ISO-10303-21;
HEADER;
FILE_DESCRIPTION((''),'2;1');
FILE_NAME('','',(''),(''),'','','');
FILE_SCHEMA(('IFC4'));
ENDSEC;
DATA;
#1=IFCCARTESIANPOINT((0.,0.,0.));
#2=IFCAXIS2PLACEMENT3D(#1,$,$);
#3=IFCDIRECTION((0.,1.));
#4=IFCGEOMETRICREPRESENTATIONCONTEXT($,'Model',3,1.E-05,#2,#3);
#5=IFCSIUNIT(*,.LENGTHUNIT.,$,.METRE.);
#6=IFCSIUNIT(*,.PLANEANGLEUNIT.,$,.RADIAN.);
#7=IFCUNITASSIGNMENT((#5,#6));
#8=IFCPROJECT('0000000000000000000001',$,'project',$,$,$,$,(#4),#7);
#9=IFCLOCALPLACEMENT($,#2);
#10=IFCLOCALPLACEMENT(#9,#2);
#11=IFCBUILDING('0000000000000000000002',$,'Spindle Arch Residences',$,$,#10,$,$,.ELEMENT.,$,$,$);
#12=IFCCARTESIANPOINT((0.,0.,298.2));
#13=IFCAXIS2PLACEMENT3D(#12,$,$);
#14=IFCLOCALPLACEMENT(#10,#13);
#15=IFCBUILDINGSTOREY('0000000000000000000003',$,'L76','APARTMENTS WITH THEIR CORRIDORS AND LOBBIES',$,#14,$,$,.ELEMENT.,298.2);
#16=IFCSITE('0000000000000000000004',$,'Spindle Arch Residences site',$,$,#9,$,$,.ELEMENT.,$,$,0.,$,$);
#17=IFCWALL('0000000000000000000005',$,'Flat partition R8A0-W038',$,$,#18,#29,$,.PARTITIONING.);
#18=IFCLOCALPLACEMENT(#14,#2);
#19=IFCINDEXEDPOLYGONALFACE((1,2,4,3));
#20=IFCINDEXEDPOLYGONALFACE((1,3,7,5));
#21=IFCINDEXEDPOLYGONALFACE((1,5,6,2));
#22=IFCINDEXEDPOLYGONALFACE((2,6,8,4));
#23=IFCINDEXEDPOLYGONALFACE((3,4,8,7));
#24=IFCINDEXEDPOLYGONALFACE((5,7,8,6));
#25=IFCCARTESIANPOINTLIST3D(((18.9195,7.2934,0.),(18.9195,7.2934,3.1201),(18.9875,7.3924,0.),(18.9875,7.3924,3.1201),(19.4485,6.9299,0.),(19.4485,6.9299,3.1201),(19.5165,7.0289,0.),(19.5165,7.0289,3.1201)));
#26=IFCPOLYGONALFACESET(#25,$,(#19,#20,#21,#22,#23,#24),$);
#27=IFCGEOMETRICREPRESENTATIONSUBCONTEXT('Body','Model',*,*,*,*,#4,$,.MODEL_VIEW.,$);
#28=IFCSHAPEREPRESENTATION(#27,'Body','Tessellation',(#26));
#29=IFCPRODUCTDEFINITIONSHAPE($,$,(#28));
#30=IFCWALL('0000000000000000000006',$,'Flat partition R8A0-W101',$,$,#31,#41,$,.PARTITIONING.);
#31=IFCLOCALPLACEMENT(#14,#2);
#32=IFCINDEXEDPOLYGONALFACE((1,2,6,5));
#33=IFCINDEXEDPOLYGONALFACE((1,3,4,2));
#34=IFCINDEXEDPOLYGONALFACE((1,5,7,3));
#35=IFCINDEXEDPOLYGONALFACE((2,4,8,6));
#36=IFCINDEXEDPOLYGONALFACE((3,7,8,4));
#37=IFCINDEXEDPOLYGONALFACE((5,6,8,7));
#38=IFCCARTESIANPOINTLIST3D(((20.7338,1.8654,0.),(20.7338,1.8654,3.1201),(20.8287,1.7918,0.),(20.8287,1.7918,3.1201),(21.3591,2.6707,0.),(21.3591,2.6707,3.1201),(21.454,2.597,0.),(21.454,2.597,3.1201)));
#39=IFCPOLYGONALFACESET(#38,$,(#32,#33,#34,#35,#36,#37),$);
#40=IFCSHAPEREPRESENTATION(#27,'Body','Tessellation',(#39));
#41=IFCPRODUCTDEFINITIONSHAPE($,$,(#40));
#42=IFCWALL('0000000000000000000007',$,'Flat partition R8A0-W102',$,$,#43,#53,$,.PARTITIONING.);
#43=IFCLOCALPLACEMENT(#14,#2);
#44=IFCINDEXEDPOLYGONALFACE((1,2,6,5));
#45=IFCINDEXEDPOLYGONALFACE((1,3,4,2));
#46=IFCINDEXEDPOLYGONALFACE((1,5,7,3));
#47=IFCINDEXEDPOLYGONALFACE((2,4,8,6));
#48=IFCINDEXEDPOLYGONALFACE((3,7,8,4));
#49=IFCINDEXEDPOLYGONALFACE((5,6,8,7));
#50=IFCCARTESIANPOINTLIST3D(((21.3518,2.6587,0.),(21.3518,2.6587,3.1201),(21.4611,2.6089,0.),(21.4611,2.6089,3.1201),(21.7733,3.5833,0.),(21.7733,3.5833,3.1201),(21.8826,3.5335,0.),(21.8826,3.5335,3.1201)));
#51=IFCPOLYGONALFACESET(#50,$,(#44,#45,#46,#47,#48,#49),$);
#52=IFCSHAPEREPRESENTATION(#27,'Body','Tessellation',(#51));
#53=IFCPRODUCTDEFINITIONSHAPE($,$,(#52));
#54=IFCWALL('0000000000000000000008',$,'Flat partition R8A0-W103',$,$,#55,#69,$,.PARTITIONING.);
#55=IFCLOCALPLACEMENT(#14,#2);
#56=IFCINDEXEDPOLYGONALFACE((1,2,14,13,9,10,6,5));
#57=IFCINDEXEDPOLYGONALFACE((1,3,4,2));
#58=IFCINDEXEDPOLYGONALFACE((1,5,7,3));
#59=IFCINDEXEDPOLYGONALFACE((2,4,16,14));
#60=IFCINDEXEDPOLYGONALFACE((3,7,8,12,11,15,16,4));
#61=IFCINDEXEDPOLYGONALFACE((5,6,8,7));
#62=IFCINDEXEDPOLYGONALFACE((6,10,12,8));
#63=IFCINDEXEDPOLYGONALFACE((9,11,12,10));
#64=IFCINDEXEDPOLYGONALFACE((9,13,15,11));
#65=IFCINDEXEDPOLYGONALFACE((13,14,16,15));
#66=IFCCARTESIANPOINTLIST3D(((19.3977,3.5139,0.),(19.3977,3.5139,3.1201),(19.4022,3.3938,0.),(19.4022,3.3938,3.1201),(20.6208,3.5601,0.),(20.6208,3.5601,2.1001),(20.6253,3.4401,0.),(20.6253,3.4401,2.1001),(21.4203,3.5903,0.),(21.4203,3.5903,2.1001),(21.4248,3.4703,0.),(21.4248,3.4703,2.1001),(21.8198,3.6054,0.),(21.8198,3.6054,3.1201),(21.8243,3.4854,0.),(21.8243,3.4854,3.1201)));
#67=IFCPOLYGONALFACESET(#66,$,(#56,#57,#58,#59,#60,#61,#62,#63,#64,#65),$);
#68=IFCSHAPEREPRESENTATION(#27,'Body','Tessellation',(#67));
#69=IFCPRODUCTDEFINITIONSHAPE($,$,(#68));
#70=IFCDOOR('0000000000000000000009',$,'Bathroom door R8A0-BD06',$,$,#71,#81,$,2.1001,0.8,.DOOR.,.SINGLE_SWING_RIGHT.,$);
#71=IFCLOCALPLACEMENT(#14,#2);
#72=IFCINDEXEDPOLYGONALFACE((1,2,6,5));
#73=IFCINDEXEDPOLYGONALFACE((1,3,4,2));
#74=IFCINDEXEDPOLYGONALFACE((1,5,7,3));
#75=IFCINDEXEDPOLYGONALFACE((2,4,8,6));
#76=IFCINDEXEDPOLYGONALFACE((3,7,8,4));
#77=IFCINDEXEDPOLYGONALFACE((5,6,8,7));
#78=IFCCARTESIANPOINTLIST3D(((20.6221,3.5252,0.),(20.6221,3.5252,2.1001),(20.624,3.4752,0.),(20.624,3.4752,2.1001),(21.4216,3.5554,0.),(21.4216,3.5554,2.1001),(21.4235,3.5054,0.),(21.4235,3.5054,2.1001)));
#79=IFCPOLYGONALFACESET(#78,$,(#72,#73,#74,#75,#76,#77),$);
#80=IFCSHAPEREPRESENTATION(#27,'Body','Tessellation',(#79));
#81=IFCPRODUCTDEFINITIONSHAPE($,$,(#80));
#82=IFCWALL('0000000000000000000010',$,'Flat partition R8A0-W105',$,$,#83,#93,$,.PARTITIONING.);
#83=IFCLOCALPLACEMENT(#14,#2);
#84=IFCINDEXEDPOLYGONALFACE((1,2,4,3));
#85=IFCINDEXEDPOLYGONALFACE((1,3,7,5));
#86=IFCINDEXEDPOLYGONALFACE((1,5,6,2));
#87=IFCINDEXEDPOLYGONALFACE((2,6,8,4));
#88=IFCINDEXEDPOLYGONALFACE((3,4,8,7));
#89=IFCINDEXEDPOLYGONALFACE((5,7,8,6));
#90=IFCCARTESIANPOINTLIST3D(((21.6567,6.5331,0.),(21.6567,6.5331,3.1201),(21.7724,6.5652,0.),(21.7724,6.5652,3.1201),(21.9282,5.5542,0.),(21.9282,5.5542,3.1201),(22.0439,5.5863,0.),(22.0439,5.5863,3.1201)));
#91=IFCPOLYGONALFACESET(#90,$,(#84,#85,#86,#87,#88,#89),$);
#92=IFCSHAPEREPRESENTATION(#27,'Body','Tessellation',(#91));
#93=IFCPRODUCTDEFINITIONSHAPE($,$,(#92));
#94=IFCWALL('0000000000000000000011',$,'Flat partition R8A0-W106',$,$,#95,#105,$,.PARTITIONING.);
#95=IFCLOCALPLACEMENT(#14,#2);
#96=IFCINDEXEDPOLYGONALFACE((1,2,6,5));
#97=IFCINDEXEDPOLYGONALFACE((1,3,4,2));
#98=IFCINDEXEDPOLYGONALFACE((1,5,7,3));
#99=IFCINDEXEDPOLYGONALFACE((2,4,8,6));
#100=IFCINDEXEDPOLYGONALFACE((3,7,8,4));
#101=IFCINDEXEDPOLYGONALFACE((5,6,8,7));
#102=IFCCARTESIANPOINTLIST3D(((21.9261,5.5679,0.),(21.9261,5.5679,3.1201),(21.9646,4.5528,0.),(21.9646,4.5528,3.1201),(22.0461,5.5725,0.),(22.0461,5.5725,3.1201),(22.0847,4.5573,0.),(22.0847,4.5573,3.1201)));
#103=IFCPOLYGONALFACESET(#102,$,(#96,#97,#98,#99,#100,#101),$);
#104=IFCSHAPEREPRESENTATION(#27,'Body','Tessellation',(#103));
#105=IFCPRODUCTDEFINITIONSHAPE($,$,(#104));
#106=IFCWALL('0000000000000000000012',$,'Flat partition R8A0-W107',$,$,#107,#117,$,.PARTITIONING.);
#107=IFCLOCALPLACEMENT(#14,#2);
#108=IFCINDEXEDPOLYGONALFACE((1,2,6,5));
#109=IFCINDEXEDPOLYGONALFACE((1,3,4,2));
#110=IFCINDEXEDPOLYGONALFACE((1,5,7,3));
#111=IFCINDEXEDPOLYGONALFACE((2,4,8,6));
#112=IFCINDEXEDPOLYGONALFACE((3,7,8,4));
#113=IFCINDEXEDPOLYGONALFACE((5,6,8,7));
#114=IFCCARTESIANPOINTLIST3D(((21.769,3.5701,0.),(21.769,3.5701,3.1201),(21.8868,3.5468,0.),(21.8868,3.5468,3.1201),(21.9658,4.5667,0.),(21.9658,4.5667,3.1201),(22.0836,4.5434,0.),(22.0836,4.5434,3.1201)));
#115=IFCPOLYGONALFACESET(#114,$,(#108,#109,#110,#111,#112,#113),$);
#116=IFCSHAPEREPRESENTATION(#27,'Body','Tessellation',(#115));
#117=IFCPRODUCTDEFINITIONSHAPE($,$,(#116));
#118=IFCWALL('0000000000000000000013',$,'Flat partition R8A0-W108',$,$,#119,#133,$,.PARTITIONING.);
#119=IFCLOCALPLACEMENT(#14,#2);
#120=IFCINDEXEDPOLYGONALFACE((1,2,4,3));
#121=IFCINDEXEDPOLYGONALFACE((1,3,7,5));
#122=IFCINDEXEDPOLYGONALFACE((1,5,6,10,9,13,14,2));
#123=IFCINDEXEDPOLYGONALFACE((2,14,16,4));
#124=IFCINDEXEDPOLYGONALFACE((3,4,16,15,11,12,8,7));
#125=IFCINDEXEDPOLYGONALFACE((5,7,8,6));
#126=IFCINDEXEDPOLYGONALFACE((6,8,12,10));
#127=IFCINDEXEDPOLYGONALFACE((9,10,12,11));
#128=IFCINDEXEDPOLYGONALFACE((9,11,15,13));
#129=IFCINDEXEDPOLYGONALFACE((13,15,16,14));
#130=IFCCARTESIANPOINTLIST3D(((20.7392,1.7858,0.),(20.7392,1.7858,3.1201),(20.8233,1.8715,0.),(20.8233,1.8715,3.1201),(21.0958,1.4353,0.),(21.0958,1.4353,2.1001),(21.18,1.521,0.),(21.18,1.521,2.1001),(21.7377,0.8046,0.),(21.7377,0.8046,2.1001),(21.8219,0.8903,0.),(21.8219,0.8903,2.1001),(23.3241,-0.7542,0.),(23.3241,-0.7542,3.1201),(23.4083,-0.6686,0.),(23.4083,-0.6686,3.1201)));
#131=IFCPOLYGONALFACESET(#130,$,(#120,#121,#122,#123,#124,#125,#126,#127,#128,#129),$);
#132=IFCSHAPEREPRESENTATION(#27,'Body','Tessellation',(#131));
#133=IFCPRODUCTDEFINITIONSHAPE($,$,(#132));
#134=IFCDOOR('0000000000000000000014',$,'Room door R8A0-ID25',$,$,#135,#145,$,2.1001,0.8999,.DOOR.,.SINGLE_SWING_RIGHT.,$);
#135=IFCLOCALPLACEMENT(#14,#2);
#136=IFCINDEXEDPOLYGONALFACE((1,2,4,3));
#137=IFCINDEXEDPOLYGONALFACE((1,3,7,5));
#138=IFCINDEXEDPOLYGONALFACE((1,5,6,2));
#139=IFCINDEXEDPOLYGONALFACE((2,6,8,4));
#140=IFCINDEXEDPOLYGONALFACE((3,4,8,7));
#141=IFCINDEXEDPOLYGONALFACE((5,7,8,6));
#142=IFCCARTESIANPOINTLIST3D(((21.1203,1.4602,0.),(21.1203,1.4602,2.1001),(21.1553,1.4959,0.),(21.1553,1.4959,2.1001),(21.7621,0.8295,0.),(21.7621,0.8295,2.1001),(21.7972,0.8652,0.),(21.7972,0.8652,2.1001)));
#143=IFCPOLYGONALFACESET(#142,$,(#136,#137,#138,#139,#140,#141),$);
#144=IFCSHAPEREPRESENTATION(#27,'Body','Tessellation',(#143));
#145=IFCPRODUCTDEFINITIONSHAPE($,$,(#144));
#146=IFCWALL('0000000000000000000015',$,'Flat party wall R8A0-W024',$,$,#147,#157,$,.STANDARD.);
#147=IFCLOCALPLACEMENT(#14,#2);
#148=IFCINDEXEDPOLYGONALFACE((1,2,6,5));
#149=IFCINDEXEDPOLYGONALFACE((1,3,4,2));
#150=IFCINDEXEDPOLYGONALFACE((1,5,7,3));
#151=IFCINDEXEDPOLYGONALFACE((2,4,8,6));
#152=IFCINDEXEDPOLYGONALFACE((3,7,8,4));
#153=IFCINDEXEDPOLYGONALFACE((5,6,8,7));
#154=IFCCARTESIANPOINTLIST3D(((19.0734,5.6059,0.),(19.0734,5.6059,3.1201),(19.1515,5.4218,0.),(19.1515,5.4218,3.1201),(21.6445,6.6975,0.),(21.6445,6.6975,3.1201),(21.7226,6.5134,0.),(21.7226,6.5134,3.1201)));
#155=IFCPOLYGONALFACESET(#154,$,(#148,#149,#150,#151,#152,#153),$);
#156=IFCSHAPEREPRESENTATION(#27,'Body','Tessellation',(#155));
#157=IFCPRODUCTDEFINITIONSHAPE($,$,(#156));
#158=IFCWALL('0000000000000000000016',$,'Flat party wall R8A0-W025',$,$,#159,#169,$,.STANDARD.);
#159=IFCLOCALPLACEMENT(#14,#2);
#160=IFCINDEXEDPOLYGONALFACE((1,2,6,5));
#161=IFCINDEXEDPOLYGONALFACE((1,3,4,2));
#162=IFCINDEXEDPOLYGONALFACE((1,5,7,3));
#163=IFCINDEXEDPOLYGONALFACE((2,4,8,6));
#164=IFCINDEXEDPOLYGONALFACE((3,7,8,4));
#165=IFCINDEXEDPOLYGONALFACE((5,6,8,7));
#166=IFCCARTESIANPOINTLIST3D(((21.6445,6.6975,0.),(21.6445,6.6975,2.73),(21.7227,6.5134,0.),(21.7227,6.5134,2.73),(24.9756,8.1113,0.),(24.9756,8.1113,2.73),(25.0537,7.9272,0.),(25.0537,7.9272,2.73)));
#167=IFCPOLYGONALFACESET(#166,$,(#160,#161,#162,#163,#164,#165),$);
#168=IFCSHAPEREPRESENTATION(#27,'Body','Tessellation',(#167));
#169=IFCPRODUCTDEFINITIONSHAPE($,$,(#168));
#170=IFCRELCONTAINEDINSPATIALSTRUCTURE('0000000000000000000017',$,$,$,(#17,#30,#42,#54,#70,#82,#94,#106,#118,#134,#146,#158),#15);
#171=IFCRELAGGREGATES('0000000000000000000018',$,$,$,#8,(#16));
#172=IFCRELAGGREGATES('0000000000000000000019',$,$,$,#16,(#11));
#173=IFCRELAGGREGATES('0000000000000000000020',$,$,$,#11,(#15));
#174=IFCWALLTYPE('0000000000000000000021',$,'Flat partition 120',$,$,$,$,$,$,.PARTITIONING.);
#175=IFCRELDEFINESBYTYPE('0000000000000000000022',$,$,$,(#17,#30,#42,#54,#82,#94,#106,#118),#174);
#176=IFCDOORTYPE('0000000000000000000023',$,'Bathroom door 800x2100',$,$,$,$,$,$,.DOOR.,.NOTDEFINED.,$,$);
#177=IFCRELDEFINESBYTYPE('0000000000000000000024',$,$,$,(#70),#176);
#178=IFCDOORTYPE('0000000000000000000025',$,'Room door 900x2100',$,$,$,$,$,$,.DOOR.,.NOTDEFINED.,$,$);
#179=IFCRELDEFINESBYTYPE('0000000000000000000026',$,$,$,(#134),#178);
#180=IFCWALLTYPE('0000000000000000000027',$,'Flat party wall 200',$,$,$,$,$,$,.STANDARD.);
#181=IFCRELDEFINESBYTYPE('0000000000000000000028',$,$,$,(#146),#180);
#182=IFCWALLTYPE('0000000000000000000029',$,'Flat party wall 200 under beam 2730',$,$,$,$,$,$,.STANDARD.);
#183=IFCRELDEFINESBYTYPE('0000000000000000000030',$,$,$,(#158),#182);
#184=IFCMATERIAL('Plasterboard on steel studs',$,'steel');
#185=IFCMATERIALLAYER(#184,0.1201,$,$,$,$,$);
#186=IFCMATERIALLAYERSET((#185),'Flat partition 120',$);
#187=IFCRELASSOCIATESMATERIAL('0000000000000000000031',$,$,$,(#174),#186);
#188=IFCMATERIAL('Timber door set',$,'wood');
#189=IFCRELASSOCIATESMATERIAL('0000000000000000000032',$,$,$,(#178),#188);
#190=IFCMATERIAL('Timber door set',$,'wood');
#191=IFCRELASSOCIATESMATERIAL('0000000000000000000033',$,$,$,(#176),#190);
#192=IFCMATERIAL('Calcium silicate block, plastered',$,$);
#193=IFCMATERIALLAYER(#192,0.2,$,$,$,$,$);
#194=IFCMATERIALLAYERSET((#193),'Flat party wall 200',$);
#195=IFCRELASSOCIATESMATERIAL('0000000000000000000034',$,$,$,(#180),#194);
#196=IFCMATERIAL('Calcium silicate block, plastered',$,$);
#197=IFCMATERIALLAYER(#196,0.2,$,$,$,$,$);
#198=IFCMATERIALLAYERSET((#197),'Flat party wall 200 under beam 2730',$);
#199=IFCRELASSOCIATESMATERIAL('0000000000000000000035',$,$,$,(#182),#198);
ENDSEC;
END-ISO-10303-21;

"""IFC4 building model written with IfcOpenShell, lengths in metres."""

from ifc_helpers import new_model, si_unit, direction, frame, frame_2d, origin, place, context, subcontext, project, spatial, rectangle, extrude, material, layer, layer_set, type_object, element, fill, save


model = new_model("IFC4")

# Units and contexts
model_context = context("Model", 3, precision=1e-05, world=origin(), true_north=direction((0.0, 1.0)))
body_context = subcontext(model_context, "Body", "Model", "MODEL_VIEW")
ifc_project = project(units=[si_unit("LENGTHUNIT", "METRE"), si_unit("PLANEANGLEUNIT", "RADIAN")], contexts=[model_context])

# Site, building, storey
site_placement = place(None, origin())
site = spatial("IfcSite", under=ifc_project, at=site_placement, Name="Spindle Arch Residences site", CompositionType="ELEMENT", RefElevation=0.0)
building_placement = place(site_placement, origin())
building = spatial("IfcBuilding", under=site, at=building_placement, Name="Spindle Arch Residences", CompositionType="ELEMENT")
storey_placement = place(building_placement, frame((0.0, 0.0, 298.2)))
storey = spatial("IfcBuildingStorey", under=building, at=storey_placement, Name="L76", Description="APARTMENTS WITH THEIR CORRIDORS AND LOBBIES", CompositionType="ELEMENT", Elevation=298.2)

# Shared definitions
ifc_material_1 = material(Name="Plasterboard on steel studs", Category="steel")
ifc_layer_1 = layer(ifc_material_1, 0.1201)
ifc_layer_set_1 = layer_set([ifc_layer_1], Name="Flat partition 120")
wall_type_1 = type_object("IfcWallType", Name="Flat partition 120", PredefinedType="PARTITIONING", material=ifc_layer_set_1)
ifc_material_2 = material(Name="Timber door set", Category="wood")
door_type_1 = type_object("IfcDoorType", Name="Room door 900x2100", OperationType="NOTDEFINED", PredefinedType="DOOR", material=ifc_material_2)

# Walls
for number, where, z_axis, x_axis, name in (
    (1, (19.4824, 6.9795, 0.0), (0.0, 0.0, 1.0), (-0.824186, 0.566319, 0.0), "Flat partition R8A0-W038"),
):
    element("IfcWall", number, at=place(storey_placement, frame(where, z_axis=z_axis, x_axis=x_axis)), inside=storey, type_object=wall_type_1, Name=name, PredefinedType="PARTITIONING", context=body_context, shape_type="SweptSolid", body=[
        extrude(rectangle(XDim=0.6418, YDim=0.1201, at=frame_2d((0.3208, 0.0))), origin(), (0.0, 0.0, 1.0), 3.1201),
    ])
wall_1_placement = place(storey_placement, frame((20.7812, 1.8286, 0.0), z_axis=(0.0, 0.0, 1.0), x_axis=(0.613327, 0.789829, 0.0)))
element("IfcWall", 2, at=wall_1_placement, inside=storey, type_object=wall_type_1, Name="Flat partition R8A0-W101", PredefinedType="PARTITIONING", context=body_context, shape_type="SweptSolid", body=[
    extrude(rectangle(XDim=1.0195, YDim=0.1201, at=frame_2d((0.5098, 0.0))), origin(), (0.0, 0.0, 1.0), 3.1201),
])
wall_2_placement = place(storey_placement, frame((21.4065, 2.6338, 0.0), z_axis=(0.0, 0.0, 1.0), x_axis=(0.414726, 0.909946, 0.0)))
element("IfcWall", 3, at=wall_2_placement, inside=storey, type_object=wall_type_1, Name="Flat partition R8A0-W102", PredefinedType="PARTITIONING", context=body_context, shape_type="SweptSolid", body=[
    extrude(rectangle(XDim=1.0161, YDim=0.1201, at=frame_2d((0.5081, 0.0))), origin(), (0.0, 0.0, 1.0), 3.1201),
])

# Wall, opening, door
wall_3_placement = place(storey_placement, frame((21.822, 3.5454, 0.0), z_axis=(0.0, 0.0, 1.0), x_axis=(-0.999286, -0.037772, 0.0)))
wall_3 = element("IfcWall", 4, at=wall_3_placement, inside=storey, type_object=wall_type_1, Name="Flat partition R8A0-W103", PredefinedType="PARTITIONING", context=body_context, shape_type="SweptSolid", body=[
    extrude(rectangle(XDim=2.4238, YDim=0.1201, at=frame_2d((1.2119, 0.0))), origin(), (0.0, 0.0, 1.0), 3.1201),
])
opening_1_placement = place(wall_3_placement, frame((0.3999, 0.0, 0.0)))
opening_1 = element("IfcOpeningElement", 5, at=opening_1_placement, cuts=wall_3, PredefinedType="OPENING", context=body_context, shape_type="SweptSolid", body=[
    extrude(rectangle(XDim=0.8, YDim=2.1001, at=frame_2d((0.3999, 1.05))), frame((0.0, 0.0701, 0.0), z_axis=(0.0, -1.0, 0.0), x_axis=(1.0, 0.0, 0.0)), (0.0, 0.0, 1.0), 0.1401),
])
ifc_material_3 = material(Name="Timber door set", Category="wood")
door_type_2 = type_object("IfcDoorType", Name="Bathroom door 800x2100", OperationType="NOTDEFINED", PredefinedType="DOOR", material=ifc_material_3)
door_1_placement = place(opening_1_placement, origin())
door_1 = element("IfcDoor", 6, at=door_1_placement, inside=storey, type_object=door_type_2, Name="Bathroom door R8A0-BD06", OperationType="SINGLE_SWING_RIGHT", OverallHeight=2.1001, OverallWidth=0.8, PredefinedType="DOOR", context=body_context, shape_type="SweptSolid", body=[
    extrude(rectangle(XDim=0.8, YDim=2.1001, at=frame_2d((0.3999, 1.05))), frame((0.0, 0.0249, 0.0), z_axis=(0.0, -1.0, 0.0), x_axis=(1.0, 0.0, 0.0)), (0.0, 0.0, 1.0), 0.05),
])
fill(opening_1, door_1)

# Walls
for number, where, z_axis, x_axis, name in (
    (7, (21.7146, 6.5491, 0.0), (0.0, 0.0, 1.0), (0.267222, -0.963635, 0.0), "Flat partition R8A0-W105"),
    (8, (21.9861, 5.5701, 0.0), (0.0, 0.0, 1.0), (0.037972, -0.999279, 0.0), "Flat partition R8A0-W106"),
    (9, (22.0247, 4.5549, 0.0), (0.0, 0.0, 1.0), (-0.193712, -0.981058, 0.0), "Flat partition R8A0-W107"),
):
    element("IfcWall", number, at=place(storey_placement, frame(where, z_axis=z_axis, x_axis=x_axis)), inside=storey, type_object=wall_type_1, Name=name, PredefinedType="PARTITIONING", context=body_context, shape_type="SweptSolid", body=[
        extrude(rectangle(XDim=1.0159, YDim=0.1201, at=frame_2d((0.5078, 0.0))), origin(), (0.0, 0.0, 1.0), 3.1201),
    ])

# Wall, opening, door
wall_4_placement = place(storey_placement, frame((20.7812, 1.8286, 0.0), z_axis=(0.0, 0.0, 1.0), x_axis=(0.713277, -0.700882, 0.0)))
wall_4 = element("IfcWall", 10, at=wall_4_placement, inside=storey, type_object=wall_type_1, Name="Flat partition R8A0-W108", PredefinedType="PARTITIONING", context=body_context, shape_type="SweptSolid", body=[
    extrude(rectangle(XDim=3.624, YDim=0.1201, at=frame_2d((1.812, 0.0))), origin(), (0.0, 0.0, 1.0), 3.1201),
])
opening_2_placement = place(wall_4_placement, frame((0.5, 0.0, 0.0)))
opening_2 = element("IfcOpeningElement", 11, at=opening_2_placement, cuts=wall_4, PredefinedType="OPENING", context=body_context, shape_type="SweptSolid", body=[
    extrude(rectangle(XDim=0.8999, YDim=2.1001, at=frame_2d((0.45, 1.05))), frame((0.0, 0.0701, 0.0), z_axis=(0.0, -1.0, 0.0), x_axis=(1.0, 0.0, 0.0)), (0.0, 0.0, 1.0), 0.1401),
])
door_2_placement = place(opening_2_placement, origin())
door_2 = element("IfcDoor", 12, at=door_2_placement, inside=storey, type_object=door_type_1, Name="Room door R8A0-ID25", OperationType="SINGLE_SWING_RIGHT", OverallHeight=2.1001, OverallWidth=0.8999, PredefinedType="DOOR", context=body_context, shape_type="SweptSolid", body=[
    extrude(rectangle(XDim=0.8999, YDim=2.1001, at=frame_2d((0.45, 1.05))), frame((0.0, 0.0249, 0.0), z_axis=(0.0, -1.0, 0.0), x_axis=(1.0, 0.0, 0.0)), (0.0, 0.0, 1.0), 0.05),
])
fill(opening_2, door_2)

# Walls
ifc_material_4 = material(Name="Calcium silicate block, plastered")
ifc_layer_2 = layer(ifc_material_4, 0.2)
ifc_layer_set_2 = layer_set([ifc_layer_2], Name="Flat party wall 200")
wall_type_2 = type_object("IfcWallType", Name="Flat party wall 200", PredefinedType="STANDARD", material=ifc_layer_set_2)
wall_5_placement = place(storey_placement, frame((19.1125, 5.5139, 0.0), z_axis=(0.0, 0.0, 1.0), x_axis=(0.920478, 0.390795, 0.0)))
element("IfcWall", 13, at=wall_5_placement, inside=storey, type_object=wall_type_2, Name="Flat party wall R8A0-W024", PredefinedType="STANDARD", context=body_context, shape_type="SweptSolid", body=[
    extrude(rectangle(XDim=2.7932, YDim=0.2, at=frame_2d((1.3965, 0.0))), origin(), (0.0, 0.0, 1.0), 3.1201),
])
ifc_material_5 = material(Name="Calcium silicate block, plastered")
ifc_layer_3 = layer(ifc_material_5, 0.2)
ifc_layer_set_3 = layer_set([ifc_layer_3], Name="Flat party wall 200 under beam 2730")
wall_type_3 = type_object("IfcWallType", Name="Flat party wall 200 under beam 2730", PredefinedType="STANDARD", material=ifc_layer_set_3)
wall_6_placement = place(storey_placement, frame((21.6836, 6.6055, 0.0), z_axis=(0.0, 0.0, 1.0), x_axis=(0.920518, 0.390701, 0.0)))
element("IfcWall", 14, at=wall_6_placement, inside=storey, type_object=wall_type_3, Name="Flat party wall R8A0-W025", PredefinedType="STANDARD", context=body_context, shape_type="SweptSolid", body=[
    extrude(rectangle(XDim=3.6187, YDim=0.2, at=frame_2d((1.8093, 0.0))), origin(), (0.0, 0.0, 1.0), 2.73),
])

save(model, "model.ifc")
